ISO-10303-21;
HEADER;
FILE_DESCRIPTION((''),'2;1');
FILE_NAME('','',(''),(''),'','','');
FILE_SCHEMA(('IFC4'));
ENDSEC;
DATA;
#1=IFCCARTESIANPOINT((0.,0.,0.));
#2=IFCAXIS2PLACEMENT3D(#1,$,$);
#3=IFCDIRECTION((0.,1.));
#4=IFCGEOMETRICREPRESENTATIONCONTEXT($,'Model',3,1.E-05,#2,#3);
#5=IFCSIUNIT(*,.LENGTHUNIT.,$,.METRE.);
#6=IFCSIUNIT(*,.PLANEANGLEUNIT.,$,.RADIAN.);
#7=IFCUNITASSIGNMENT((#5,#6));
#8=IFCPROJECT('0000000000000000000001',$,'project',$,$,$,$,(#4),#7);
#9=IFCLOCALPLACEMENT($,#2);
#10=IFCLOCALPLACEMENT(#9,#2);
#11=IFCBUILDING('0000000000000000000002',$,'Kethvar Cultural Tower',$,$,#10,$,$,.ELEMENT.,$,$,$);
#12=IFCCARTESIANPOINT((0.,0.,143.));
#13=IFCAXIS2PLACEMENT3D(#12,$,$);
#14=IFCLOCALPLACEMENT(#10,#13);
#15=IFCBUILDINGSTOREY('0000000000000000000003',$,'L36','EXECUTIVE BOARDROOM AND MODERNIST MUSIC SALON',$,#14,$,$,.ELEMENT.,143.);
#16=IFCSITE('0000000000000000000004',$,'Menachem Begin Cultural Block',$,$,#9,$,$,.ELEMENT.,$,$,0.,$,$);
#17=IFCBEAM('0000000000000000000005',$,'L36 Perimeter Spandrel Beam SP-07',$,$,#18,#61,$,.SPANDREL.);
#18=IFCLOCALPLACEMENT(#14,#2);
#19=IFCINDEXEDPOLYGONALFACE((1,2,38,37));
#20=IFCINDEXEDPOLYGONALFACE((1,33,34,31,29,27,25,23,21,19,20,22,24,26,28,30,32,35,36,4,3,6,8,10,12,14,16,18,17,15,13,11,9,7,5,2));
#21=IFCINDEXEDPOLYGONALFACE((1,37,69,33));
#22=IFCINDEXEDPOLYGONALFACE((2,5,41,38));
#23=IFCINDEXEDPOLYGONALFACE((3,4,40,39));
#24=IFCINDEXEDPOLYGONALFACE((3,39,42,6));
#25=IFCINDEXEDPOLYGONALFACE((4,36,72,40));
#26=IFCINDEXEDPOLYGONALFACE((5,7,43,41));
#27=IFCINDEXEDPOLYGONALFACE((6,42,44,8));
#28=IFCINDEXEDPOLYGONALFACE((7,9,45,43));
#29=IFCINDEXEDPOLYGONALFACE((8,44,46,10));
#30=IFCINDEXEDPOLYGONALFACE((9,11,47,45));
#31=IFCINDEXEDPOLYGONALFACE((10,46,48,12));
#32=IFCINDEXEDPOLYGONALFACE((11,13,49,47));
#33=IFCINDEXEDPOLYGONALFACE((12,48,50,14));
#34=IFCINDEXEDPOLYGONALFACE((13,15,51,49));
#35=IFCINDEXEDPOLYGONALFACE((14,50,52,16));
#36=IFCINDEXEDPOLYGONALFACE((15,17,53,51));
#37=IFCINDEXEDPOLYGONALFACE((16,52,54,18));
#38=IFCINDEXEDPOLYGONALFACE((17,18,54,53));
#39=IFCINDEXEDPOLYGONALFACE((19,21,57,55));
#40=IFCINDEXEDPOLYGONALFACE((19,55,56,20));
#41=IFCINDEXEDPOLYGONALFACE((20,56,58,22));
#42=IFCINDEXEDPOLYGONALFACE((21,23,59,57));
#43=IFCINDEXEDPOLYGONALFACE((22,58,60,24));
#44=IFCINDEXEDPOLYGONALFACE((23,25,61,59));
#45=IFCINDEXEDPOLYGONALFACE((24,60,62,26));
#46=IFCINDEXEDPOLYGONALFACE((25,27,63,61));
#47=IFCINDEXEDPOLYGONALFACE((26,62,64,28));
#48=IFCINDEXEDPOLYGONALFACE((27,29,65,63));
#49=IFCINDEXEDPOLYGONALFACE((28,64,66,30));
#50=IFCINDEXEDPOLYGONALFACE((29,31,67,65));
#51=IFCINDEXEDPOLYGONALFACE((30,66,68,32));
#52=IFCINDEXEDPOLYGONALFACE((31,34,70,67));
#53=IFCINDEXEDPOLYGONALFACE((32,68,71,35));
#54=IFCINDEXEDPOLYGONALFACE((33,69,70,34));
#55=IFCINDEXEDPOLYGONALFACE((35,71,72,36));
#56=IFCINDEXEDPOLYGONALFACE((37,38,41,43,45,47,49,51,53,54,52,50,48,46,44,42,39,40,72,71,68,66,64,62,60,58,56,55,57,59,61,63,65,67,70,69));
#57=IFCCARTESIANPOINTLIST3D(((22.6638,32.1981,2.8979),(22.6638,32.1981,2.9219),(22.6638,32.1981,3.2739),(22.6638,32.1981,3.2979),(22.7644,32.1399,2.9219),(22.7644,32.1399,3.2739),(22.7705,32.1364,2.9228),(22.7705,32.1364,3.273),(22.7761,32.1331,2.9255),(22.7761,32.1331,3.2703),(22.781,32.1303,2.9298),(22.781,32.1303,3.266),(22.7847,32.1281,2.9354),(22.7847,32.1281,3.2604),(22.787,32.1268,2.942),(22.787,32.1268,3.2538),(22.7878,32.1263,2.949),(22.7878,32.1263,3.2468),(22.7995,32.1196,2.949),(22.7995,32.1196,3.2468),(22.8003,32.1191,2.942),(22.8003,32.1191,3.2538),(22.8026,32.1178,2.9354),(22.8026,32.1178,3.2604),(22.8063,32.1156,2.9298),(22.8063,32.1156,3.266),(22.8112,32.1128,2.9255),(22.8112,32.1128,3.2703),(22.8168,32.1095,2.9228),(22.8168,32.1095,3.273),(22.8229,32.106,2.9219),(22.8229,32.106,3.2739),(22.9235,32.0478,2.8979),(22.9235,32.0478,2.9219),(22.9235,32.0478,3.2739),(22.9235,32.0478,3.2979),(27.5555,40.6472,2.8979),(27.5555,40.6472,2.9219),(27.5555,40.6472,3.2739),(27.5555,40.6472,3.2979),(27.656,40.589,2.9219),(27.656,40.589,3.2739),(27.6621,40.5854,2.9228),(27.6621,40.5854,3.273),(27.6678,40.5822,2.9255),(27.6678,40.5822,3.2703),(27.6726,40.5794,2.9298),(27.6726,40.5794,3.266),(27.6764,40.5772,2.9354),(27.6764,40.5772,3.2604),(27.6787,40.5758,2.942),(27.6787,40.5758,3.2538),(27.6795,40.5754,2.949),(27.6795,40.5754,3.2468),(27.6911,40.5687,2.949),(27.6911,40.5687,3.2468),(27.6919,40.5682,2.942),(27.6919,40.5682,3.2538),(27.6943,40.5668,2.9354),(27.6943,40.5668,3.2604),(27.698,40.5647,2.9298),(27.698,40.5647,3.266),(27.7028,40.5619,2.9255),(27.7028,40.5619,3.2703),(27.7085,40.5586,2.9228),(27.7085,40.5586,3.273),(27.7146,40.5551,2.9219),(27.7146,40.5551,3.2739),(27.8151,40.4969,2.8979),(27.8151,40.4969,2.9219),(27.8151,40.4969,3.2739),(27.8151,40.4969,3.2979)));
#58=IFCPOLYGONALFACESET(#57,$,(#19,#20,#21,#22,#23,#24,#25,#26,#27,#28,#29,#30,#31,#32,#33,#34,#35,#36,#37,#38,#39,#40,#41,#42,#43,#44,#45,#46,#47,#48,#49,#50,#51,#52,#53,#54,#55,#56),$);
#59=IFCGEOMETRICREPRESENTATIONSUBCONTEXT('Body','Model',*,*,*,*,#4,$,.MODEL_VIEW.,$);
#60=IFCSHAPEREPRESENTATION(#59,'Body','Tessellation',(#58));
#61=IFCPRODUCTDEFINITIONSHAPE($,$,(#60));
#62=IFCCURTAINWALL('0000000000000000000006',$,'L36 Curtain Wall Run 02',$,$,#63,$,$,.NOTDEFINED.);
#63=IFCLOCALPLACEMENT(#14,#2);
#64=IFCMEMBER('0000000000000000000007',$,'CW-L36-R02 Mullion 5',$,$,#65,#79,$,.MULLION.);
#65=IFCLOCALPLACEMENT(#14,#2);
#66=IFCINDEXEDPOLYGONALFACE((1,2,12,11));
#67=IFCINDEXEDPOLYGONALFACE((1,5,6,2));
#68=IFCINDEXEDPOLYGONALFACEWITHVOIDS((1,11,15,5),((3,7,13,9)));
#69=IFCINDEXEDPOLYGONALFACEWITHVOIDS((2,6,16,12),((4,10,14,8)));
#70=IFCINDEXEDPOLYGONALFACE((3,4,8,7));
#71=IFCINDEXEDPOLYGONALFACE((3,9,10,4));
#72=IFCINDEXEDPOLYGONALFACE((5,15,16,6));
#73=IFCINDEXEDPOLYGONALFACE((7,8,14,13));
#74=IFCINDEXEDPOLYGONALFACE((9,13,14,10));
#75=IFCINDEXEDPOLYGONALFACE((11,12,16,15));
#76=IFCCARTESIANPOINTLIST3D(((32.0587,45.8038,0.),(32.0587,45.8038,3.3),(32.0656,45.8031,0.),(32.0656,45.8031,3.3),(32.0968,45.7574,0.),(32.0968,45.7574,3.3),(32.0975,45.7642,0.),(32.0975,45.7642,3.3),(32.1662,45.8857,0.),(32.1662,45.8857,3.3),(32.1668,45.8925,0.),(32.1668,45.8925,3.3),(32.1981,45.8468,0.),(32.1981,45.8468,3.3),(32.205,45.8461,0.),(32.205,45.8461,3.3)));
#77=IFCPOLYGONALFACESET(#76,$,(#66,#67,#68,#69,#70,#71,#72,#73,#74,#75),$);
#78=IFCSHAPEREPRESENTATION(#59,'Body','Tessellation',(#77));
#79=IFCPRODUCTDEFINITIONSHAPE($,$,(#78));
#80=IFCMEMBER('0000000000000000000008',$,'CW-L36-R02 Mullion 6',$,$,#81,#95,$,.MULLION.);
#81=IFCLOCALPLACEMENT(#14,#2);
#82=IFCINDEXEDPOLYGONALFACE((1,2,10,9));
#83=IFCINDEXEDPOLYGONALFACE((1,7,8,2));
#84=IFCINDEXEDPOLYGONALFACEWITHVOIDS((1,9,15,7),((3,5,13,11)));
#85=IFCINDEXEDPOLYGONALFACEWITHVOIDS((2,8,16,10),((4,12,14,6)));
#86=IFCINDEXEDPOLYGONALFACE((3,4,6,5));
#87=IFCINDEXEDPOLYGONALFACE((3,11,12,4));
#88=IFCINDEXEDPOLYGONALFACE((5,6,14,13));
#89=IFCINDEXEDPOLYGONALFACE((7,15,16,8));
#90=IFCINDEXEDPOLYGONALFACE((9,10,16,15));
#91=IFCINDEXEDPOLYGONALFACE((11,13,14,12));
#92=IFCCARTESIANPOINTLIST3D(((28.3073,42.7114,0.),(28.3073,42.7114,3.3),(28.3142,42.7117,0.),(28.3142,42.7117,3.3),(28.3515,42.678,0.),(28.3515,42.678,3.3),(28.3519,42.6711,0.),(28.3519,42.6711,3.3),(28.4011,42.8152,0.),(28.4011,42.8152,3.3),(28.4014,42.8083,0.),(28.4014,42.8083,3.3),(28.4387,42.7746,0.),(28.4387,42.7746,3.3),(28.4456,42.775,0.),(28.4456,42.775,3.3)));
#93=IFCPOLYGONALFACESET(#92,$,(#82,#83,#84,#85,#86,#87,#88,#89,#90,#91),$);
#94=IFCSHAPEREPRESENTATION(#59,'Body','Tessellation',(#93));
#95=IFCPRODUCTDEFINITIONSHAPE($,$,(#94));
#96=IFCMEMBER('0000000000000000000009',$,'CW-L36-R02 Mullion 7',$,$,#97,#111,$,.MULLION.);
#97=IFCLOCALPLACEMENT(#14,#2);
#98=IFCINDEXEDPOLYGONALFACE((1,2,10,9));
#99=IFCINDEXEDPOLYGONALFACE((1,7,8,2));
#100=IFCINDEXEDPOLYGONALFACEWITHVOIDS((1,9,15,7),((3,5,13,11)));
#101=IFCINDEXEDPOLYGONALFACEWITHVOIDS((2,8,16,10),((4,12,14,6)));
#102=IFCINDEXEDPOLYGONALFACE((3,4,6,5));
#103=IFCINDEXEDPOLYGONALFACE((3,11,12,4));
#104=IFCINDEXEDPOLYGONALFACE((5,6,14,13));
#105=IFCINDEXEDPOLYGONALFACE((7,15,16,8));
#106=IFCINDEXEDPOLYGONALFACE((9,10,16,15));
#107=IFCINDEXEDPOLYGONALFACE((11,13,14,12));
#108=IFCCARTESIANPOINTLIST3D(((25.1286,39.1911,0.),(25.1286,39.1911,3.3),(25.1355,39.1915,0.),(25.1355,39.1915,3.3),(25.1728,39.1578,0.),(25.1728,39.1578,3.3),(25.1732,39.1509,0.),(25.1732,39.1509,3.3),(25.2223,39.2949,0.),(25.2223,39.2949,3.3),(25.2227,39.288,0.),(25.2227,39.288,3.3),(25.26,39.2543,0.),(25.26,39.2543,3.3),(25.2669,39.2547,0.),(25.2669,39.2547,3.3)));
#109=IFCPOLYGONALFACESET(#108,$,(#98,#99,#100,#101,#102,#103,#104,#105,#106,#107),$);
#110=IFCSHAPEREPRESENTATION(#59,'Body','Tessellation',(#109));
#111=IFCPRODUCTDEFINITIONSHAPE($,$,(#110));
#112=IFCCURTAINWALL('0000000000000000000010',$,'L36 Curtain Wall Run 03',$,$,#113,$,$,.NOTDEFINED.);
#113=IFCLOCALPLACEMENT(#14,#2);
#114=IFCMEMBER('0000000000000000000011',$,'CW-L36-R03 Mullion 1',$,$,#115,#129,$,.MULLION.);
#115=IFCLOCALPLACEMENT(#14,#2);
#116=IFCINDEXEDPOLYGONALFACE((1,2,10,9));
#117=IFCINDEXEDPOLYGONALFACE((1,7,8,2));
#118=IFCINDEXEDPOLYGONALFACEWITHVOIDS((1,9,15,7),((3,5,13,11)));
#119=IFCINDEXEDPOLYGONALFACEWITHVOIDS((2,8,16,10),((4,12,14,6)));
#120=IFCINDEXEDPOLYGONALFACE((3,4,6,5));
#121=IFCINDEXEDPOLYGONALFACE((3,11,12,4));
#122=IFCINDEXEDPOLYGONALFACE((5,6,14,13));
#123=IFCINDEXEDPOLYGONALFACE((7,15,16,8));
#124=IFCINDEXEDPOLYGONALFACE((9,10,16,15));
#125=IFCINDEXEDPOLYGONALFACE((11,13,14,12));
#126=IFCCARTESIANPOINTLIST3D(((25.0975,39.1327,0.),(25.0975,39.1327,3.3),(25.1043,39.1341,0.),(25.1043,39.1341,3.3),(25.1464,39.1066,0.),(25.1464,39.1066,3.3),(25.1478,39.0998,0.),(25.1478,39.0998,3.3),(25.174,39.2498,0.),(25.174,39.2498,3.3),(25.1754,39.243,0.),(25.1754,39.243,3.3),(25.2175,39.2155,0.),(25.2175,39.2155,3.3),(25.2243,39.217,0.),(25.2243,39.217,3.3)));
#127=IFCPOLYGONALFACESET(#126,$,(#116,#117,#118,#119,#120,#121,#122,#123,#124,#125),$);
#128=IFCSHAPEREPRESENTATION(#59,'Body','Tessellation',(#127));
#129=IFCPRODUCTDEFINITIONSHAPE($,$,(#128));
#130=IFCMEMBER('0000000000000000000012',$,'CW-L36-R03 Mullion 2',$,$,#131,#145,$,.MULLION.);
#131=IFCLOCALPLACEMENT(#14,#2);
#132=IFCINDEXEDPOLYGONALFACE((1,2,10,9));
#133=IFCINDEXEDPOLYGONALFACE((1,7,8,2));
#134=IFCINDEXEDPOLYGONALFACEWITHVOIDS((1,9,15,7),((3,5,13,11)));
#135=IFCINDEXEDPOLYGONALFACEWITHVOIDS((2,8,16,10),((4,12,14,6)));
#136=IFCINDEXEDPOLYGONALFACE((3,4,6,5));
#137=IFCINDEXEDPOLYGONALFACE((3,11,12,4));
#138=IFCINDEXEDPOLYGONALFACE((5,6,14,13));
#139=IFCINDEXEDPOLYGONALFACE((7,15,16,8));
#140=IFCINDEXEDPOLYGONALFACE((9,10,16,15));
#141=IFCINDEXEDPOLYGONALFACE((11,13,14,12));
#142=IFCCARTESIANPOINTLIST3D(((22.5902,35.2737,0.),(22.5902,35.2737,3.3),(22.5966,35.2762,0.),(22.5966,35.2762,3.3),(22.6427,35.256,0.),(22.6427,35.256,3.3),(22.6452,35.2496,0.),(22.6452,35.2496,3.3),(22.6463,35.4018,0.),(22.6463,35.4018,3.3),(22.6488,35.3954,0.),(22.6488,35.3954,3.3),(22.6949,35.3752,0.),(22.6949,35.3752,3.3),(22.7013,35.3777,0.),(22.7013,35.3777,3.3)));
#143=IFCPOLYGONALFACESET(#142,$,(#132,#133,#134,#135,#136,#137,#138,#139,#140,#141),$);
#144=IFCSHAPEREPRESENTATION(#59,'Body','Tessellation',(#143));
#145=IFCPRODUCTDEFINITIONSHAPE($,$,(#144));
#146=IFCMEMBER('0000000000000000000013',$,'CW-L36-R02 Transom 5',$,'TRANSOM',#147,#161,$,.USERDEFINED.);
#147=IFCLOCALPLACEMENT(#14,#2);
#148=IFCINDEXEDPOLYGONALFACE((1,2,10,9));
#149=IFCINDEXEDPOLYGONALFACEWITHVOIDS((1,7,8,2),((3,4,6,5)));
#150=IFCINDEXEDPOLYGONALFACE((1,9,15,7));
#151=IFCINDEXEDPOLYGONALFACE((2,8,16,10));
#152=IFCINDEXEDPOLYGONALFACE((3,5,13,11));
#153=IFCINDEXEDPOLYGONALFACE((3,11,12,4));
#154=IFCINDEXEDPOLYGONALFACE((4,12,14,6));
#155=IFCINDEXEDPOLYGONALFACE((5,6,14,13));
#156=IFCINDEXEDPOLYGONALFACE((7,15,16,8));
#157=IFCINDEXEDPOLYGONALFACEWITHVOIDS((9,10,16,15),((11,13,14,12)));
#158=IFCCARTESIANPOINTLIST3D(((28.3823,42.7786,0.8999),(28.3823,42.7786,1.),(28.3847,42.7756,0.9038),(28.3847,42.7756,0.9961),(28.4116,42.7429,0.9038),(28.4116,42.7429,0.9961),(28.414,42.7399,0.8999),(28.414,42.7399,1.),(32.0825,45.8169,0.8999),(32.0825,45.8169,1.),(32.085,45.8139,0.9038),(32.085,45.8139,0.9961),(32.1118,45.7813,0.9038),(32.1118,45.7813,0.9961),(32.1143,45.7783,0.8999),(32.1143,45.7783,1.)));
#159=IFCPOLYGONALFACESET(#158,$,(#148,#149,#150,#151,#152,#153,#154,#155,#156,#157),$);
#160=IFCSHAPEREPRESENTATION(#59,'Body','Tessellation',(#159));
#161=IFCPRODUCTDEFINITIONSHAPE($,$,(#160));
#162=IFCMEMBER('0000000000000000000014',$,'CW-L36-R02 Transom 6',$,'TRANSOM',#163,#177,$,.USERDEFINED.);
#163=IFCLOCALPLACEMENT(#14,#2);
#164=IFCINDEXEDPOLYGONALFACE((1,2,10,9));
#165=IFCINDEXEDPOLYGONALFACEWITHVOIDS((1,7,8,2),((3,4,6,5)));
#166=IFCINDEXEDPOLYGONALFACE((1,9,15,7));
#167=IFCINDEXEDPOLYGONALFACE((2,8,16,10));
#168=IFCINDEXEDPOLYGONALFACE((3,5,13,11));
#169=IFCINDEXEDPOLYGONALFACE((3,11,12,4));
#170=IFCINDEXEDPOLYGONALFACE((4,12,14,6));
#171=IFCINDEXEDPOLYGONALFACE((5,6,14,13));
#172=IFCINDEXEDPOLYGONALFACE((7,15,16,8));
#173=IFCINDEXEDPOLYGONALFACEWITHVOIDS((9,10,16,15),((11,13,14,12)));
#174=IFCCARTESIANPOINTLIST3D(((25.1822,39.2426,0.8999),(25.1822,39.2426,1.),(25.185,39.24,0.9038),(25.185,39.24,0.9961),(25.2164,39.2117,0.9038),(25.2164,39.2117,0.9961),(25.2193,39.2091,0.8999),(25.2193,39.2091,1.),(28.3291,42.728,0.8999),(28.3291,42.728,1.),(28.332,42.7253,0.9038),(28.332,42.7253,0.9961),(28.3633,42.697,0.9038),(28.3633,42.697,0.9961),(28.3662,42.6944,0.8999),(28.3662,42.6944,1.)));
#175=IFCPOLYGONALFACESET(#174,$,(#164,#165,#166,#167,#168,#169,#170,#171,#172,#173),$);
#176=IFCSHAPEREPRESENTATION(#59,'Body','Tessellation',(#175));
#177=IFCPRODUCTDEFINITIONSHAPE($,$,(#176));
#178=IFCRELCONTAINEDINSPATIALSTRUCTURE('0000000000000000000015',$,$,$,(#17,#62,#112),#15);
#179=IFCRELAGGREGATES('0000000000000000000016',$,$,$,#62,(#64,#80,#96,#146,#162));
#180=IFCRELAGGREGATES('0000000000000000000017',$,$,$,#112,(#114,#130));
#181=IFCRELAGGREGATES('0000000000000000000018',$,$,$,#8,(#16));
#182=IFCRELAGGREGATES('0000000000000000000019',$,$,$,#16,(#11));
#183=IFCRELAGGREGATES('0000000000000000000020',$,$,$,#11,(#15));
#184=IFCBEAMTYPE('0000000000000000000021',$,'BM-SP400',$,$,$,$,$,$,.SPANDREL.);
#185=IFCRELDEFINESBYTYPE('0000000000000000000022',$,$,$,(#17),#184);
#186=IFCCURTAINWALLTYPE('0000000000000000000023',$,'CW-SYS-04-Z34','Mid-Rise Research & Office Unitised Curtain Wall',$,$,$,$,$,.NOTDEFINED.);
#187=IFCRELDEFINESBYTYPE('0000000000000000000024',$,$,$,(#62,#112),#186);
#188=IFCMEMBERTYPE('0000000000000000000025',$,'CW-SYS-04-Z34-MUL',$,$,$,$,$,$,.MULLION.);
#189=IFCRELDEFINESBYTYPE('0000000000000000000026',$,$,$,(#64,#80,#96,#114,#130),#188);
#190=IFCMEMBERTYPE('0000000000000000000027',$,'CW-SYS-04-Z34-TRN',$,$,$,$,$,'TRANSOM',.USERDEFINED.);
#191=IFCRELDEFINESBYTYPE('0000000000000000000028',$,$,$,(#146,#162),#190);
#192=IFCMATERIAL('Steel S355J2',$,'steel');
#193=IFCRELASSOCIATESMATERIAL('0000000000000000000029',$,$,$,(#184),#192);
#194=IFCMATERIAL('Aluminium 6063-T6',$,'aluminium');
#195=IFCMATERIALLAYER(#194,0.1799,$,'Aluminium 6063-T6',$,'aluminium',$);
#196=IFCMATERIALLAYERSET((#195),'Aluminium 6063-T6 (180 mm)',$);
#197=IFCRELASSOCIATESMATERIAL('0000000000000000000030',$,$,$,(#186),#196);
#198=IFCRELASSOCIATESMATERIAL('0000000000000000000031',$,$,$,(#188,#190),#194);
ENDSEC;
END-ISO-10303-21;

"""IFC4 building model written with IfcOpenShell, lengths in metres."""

from ifc_helpers import new_model, si_unit, direction, frame, origin, origin_2d, place, context, subcontext, project, spatial, hollow_rectangle, i_section, extrude, source, transform, mapped, material, layer, layer_set, material_profile, profile_set, type_object, element, aggregate, save


model = new_model("IFC4")

# Units and contexts
model_context = context("Model", 3, precision=1e-05, world=origin(), true_north=direction((0.0, 1.0)))
body_context = subcontext(model_context, "Body", "Model", "MODEL_VIEW")
ifc_project = project(units=[si_unit("LENGTHUNIT", "METRE"), si_unit("PLANEANGLEUNIT", "RADIAN")], contexts=[model_context])

# Site, building, storey
site_placement = place(None, origin())
site = spatial("IfcSite", under=ifc_project, at=site_placement, Name="Menachem Begin Cultural Block", CompositionType="ELEMENT", RefElevation=0.0)
building_placement = place(site_placement, origin())
building = spatial("IfcBuilding", under=site, at=building_placement, Name="Kethvar Cultural Tower", CompositionType="ELEMENT")
storey_placement = place(building_placement, frame((0.0, 0.0, 143.0)))
storey = spatial("IfcBuildingStorey", under=building, at=storey_placement, Name="L36", Description="EXECUTIVE BOARDROOM AND MODERNIST MUSIC SALON", CompositionType="ELEMENT", Elevation=143.0)

# Beam
ifc_material_1 = material(Name="Steel S355J2", Category="steel")
ifc_material_profile_1 = material_profile(ifc_material_1, i_section(OverallWidth=0.3, OverallDepth=0.3999, WebThickness=0.0134, FlangeThickness=0.0239, FilletRadius=0.0271, at=origin_2d()), Name="Steel S355J2 — HEB400")
ifc_profile_set_1 = profile_set([ifc_material_profile_1], Name="Steel S355J2 — HEB400")
beam_type_1 = type_object("IfcBeamType", Name="BM-SP400", PredefinedType="SPANDREL", material=ifc_profile_set_1)
shared_shape_1 = source(origin(), body_context, "Body", "SweptSolid", [
    extrude(i_section(OverallWidth=0.3, OverallDepth=0.3999, WebThickness=0.0134, FlangeThickness=0.0239, FilletRadius=0.0271, at=origin_2d()), origin(), (0.0, 0.0, 1.0), 9.7629),
])
beam_1_placement = place(storey_placement, frame((27.6853, 40.572, 3.0979), z_axis=(-0.501043, -0.865422, 0.0), x_axis=(0.865422, -0.501043, 0.0)))
element("IfcBeam", 1, at=beam_1_placement, inside=storey, type_object=beam_type_1, Name="L36 Perimeter Spandrel Beam SP-07", PredefinedType="SPANDREL", context=body_context, shape_type="MappedRepresentation", body=[
    mapped(shared_shape_1, transform((0.0, 0.0, 0.0), scale=1.0)),
])

# Curtain walls, members
ifc_material_2 = material(Name="Aluminium 6063-T6", Category="aluminium")
ifc_layer_1 = layer(ifc_material_2, 0.1799, Name="Aluminium 6063-T6", Category="aluminium")
ifc_layer_set_1 = layer_set([ifc_layer_1], Name="Aluminium 6063-T6 (180 mm)")
curtain_wall_type = type_object("IfcCurtainWallType", Name="CW-SYS-04-Z34", Description="Mid-Rise Research & Office Unitised Curtain Wall", PredefinedType="NOTDEFINED", material=ifc_layer_set_1)
curtain_wall_1_placement = place(storey_placement, origin())
curtain_wall_1 = element("IfcCurtainWall", 2, at=curtain_wall_1_placement, inside=storey, type_object=curtain_wall_type, Name="L36 Curtain Wall Run 02", PredefinedType="NOTDEFINED")
ifc_material_profile_2 = material_profile(ifc_material_2, hollow_rectangle(XDim=0.0601, YDim=0.1399, WallThickness=0.0049, at=origin_2d()), Name="Aluminium 6063-T6 — RHS140x60x5")
ifc_profile_set_2 = profile_set([ifc_material_profile_2], Name="Aluminium 6063-T6 — RHS140x60x5")
member_type_1 = type_object("IfcMemberType", Name="CW-SYS-04-Z34-MUL", PredefinedType="MULLION", material=ifc_profile_set_2)
shared_shape_2 = source(origin(), body_context, "Body", "SweptSolid", [
    extrude(hollow_rectangle(XDim=0.0601, YDim=0.1399, WallThickness=0.0049, at=origin_2d()), origin(), (0.0, 0.0, 1.0), 3.3),
])
member_1_placement = place(storey_placement, frame((32.1318, 45.825, 0.0), z_axis=(0.0, 0.0, 1.0), x_axis=(0.634582, -0.772855, 0.0)))
member_1 = element("IfcMember", 3, at=member_1_placement, type_object=member_type_1, Name="CW-L36-R02 Mullion 5", PredefinedType="MULLION", context=body_context, shape_type="MappedRepresentation", body=[
    mapped(shared_shape_2, transform((0.0, 0.0, 0.0), scale=1.0)),
])
member_2_placement = place(storey_placement, frame((28.3765, 42.7432, 0.0), z_axis=(0.0, 0.0, 1.0), x_axis=(0.742198, -0.670181, 0.0)))
member_2 = element("IfcMember", 4, at=member_2_placement, type_object=member_type_1, Name="CW-L36-R02 Mullion 6", PredefinedType="MULLION", context=body_context, shape_type="MappedRepresentation", body=[
    mapped(shared_shape_2, transform((0.0, 0.0, 0.0), scale=1.0)),
])
member_3_placement = place(storey_placement, frame((25.1978, 39.2229, 0.0), z_axis=(0.0, 0.0, 1.0), x_axis=(0.742198, -0.670181, 0.0)))
member_3 = element("IfcMember", 5, at=member_3_placement, type_object=member_type_1, Name="CW-L36-R02 Mullion 7", PredefinedType="MULLION", context=body_context, shape_type="MappedRepresentation", body=[
    mapped(shared_shape_2, transform((0.0, 0.0, 0.0), scale=1.0)),
])
curtain_wall_2_placement = place(storey_placement, origin())
curtain_wall_2 = element("IfcCurtainWall", 6, at=curtain_wall_2_placement, inside=storey, type_object=curtain_wall_type, Name="L36 Curtain Wall Run 03", PredefinedType="NOTDEFINED")
member_4_placement = place(storey_placement, frame((25.1609, 39.1748, 0.0), z_axis=(0.0, 0.0, 1.0), x_axis=(0.837309, -0.546731, 0.0)))
member_4 = element("IfcMember", 7, at=member_4_placement, type_object=member_type_1, Name="CW-L36-R03 Mullion 1", PredefinedType="MULLION", context=body_context, shape_type="MappedRepresentation", body=[
    mapped(shared_shape_2, transform((0.0, 0.0, 0.0), scale=1.0)),
])
member_5_placement = place(storey_placement, frame((22.6458, 35.3257, 0.0), z_axis=(0.0, 0.0, 1.0), x_axis=(0.915971, -0.401244, 0.0)))
member_5 = element("IfcMember", 8, at=member_5_placement, type_object=member_type_1, Name="CW-L36-R03 Mullion 2", PredefinedType="MULLION", context=body_context, shape_type="MappedRepresentation", body=[
    mapped(shared_shape_2, transform((0.0, 0.0, 0.0), scale=1.0)),
])

# Members
ifc_material_profile_3 = material_profile(ifc_material_2, hollow_rectangle(XDim=0.05, YDim=0.1001, WallThickness=0.0039, at=origin_2d()), Name="Aluminium 6063-T6 — RHS100x50x4")
ifc_profile_set_3 = profile_set([ifc_material_profile_3], Name="Aluminium 6063-T6 — RHS100x50x4")
member_type_2 = type_object("IfcMemberType", Name="CW-SYS-04-Z34-TRN", ElementType="TRANSOM", PredefinedType="USERDEFINED", material=ifc_profile_set_3)
shared_shape_3 = source(origin(), body_context, "Body", "SweptSolid", [
    extrude(hollow_rectangle(XDim=0.05, YDim=0.1001, WallThickness=0.0039, at=origin_2d()), origin(), (0.0, 0.0, 1.0), 4.7878),
])
member_6_placement = place(storey_placement, frame((32.0984, 45.7976, 0.95), z_axis=(-0.772841, -0.6346, 0.0), x_axis=(0.6346, -0.772841, 0.0)))
member_6 = element("IfcMember", 9, at=member_6_placement, type_object=member_type_2, Name="CW-L36-R02 Transom 5", ObjectType="TRANSOM", PredefinedType="USERDEFINED", context=body_context, shape_type="MappedRepresentation", body=[
    mapped(shared_shape_3, transform((0.0, 0.0, 0.0), scale=1.0)),
])
shared_shape_4 = source(origin(), body_context, "Body", "SweptSolid", [
    extrude(hollow_rectangle(XDim=0.05, YDim=0.1001, WallThickness=0.0039, at=origin_2d()), origin(), (0.0, 0.0, 1.0), 4.6958),
])
member_7_placement = place(storey_placement, frame((28.3477, 42.7112, 0.95), z_axis=(-0.670159, -0.742218, 0.0), x_axis=(0.742218, -0.670159, 0.0)))
member_7 = element("IfcMember", 10, at=member_7_placement, type_object=member_type_2, Name="CW-L36-R02 Transom 6", ObjectType="TRANSOM", PredefinedType="USERDEFINED", context=body_context, shape_type="MappedRepresentation", body=[
    mapped(shared_shape_4, transform((0.0, 0.0, 0.0), scale=1.0)),
])

aggregate(curtain_wall_1, [member_1, member_2, member_3, member_6, member_7])
aggregate(curtain_wall_2, [member_4, member_5])

save(model, "model.ifc")
